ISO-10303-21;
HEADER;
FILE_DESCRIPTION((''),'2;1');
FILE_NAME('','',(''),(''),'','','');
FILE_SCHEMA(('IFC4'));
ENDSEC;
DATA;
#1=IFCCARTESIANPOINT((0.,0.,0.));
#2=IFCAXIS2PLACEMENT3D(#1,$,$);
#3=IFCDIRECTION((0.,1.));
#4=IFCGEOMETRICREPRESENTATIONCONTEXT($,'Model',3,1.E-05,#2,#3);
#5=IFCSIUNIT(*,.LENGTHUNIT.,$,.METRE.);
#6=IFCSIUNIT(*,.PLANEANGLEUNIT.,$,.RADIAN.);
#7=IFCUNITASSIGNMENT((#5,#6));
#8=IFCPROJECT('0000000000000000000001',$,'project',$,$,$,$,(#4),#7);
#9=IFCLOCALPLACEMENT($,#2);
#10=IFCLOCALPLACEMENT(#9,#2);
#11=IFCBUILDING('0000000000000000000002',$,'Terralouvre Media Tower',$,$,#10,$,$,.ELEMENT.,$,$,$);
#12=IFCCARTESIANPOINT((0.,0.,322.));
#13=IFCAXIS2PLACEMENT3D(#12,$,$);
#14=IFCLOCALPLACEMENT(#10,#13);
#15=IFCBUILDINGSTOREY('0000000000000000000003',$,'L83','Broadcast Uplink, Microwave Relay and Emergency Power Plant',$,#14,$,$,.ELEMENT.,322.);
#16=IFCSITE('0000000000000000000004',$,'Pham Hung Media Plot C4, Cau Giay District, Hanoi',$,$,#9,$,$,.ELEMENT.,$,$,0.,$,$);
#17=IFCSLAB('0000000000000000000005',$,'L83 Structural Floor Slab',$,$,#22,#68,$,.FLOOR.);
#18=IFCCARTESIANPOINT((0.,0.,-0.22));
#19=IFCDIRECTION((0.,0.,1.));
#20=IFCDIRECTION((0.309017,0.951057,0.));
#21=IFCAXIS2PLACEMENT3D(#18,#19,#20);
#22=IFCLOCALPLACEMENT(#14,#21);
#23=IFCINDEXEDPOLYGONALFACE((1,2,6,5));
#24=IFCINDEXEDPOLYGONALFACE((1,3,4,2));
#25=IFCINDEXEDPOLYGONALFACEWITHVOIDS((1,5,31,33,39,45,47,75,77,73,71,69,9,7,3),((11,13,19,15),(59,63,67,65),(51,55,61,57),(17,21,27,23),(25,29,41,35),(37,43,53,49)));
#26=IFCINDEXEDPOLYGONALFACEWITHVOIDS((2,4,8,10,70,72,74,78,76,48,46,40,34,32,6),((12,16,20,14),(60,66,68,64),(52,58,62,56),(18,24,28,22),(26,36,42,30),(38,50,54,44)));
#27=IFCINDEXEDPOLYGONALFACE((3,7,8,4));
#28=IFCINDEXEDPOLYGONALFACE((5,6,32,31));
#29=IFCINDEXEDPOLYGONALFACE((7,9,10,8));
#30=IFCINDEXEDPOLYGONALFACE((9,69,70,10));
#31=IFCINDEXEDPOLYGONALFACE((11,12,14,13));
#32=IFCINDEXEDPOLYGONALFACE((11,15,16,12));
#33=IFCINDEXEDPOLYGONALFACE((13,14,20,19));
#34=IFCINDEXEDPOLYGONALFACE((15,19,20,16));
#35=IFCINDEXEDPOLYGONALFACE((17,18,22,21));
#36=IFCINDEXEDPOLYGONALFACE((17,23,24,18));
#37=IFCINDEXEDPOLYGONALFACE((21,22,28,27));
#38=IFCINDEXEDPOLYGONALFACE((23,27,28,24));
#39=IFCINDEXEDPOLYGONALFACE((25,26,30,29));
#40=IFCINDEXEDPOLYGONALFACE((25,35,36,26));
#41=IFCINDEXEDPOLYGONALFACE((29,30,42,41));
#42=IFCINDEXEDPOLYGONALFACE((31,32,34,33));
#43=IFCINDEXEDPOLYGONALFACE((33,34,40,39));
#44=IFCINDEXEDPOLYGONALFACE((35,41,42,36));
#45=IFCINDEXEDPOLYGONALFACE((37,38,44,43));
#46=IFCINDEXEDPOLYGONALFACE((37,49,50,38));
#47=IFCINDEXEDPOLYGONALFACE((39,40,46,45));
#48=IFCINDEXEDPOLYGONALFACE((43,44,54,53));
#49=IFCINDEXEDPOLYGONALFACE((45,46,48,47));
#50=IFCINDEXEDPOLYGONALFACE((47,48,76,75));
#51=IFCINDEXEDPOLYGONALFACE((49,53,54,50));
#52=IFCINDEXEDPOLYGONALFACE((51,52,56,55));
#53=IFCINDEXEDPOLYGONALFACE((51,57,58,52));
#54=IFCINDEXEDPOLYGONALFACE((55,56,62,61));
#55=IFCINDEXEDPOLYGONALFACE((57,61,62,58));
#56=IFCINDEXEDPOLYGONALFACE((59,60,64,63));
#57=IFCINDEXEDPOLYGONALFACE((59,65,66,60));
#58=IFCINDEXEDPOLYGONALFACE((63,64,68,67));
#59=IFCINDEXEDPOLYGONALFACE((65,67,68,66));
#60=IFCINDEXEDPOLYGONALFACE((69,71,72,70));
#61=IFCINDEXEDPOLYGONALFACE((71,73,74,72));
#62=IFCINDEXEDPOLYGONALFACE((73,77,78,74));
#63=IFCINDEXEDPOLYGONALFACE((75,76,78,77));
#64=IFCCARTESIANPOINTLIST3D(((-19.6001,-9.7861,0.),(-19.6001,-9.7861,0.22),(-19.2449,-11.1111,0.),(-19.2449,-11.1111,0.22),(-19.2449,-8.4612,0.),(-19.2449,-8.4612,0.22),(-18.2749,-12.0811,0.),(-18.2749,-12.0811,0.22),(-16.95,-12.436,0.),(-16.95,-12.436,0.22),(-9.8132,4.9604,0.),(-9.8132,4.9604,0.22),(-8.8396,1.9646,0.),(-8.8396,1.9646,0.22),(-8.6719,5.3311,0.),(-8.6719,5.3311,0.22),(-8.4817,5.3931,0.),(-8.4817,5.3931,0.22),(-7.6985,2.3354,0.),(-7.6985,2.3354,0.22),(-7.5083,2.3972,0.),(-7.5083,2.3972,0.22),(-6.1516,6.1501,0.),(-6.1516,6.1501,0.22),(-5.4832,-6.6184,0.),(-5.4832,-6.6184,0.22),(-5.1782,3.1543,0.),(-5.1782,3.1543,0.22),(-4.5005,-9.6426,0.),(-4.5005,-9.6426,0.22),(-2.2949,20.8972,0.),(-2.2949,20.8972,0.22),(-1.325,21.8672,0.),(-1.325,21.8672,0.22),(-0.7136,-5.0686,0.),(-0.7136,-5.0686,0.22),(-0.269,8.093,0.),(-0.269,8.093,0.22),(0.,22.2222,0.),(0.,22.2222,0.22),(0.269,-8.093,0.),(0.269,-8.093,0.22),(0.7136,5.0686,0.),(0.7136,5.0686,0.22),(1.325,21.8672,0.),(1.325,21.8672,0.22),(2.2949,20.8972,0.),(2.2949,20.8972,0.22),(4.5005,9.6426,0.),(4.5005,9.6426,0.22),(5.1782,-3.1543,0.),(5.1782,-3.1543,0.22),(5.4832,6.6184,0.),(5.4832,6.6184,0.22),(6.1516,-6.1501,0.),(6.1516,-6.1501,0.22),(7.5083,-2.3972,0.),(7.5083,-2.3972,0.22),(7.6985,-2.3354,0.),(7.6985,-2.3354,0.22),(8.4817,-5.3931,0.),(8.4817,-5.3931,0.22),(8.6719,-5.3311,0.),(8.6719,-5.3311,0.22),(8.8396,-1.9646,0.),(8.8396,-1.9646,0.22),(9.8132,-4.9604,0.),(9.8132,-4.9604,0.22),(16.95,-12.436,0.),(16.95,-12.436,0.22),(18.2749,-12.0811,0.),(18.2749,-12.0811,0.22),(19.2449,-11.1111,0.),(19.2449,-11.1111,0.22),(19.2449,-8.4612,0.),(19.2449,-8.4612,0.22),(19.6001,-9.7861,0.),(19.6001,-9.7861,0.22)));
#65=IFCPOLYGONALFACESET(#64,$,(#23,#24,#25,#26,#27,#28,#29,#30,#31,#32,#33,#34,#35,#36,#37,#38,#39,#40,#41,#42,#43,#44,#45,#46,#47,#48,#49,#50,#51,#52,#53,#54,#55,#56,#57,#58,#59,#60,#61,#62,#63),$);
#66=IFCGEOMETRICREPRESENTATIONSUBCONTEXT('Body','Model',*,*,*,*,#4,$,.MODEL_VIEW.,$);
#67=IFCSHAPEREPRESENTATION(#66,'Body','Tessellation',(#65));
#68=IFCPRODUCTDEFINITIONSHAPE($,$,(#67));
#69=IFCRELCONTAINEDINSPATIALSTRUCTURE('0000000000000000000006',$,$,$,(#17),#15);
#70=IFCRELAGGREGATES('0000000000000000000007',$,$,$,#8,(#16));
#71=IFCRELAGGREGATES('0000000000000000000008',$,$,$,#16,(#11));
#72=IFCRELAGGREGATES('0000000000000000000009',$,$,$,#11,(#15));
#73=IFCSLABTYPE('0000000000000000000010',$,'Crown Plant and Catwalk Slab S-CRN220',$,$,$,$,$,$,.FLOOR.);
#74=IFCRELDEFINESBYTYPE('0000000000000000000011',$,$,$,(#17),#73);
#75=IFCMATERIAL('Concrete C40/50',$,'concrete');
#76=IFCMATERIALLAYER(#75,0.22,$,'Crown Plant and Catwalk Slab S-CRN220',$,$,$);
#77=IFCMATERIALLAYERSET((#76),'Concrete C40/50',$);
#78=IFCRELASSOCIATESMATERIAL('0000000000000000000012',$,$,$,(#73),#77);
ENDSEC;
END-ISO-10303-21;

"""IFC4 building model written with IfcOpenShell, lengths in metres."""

from ifc_helpers import new_model, si_unit, direction, frame, origin, place, context, subcontext, project, spatial, polyline, outline, extrude, material, layer, layer_set, type_object, element, save


model = new_model("IFC4")

# Units and contexts
model_context = context("Model", 3, precision=1e-05, world=origin(), true_north=direction((0.0, 1.0)))
body_context = subcontext(model_context, "Body", "Model", "MODEL_VIEW")
ifc_project = project(units=[si_unit("LENGTHUNIT", "METRE"), si_unit("PLANEANGLEUNIT", "RADIAN")], contexts=[model_context])

# Site, building, storey
site_placement = place(None, origin())
site = spatial("IfcSite", under=ifc_project, at=site_placement, Name="Pham Hung Media Plot C4, Cau Giay District, Hanoi", CompositionType="ELEMENT", RefElevation=0.0)
building_placement = place(site_placement, origin())
building = spatial("IfcBuilding", under=site, at=building_placement, Name="Terralouvre Media Tower", CompositionType="ELEMENT")
storey_placement = place(building_placement, frame((0.0, 0.0, 322.0)))
storey = spatial("IfcBuildingStorey", under=building, at=storey_placement, Name="L83", Description="Broadcast Uplink, Microwave Relay and Emergency Power Plant", CompositionType="ELEMENT", Elevation=322.0)

# Slab
ifc_material_1 = material(Name="Concrete C40/50", Category="concrete")
ifc_layer_1 = layer(ifc_material_1, 0.22, Name="Crown Plant and Catwalk Slab S-CRN220")
ifc_layer_set_1 = layer_set([ifc_layer_1], Name="Concrete C40/50")
slab_type_1 = type_object("IfcSlabType", Name="Crown Plant and Catwalk Slab S-CRN220", PredefinedType="FLOOR", material=ifc_layer_set_1)
slab_1_placement = place(storey_placement, frame((0.0, 0.0, -0.22), z_axis=(0.0, 0.0, 1.0), x_axis=(0.309017, 0.951057, 0.0)))
element("IfcSlab", 1, at=slab_1_placement, inside=storey, type_object=slab_type_1, Name="L83 Structural Floor Slab", PredefinedType="FLOOR", context=body_context, shape_type="SweptSolid", body=[
    extrude(outline(polyline([(-19.2449, -8.4612), (-19.6001, -9.7861), (-19.2449, -11.1111), (-18.2749, -12.0811), (-16.95, -12.436), (16.95, -12.436), (18.2749, -12.0811), (19.2449, -11.1111), (19.6001, -9.7861), (19.2449, -8.4612), (2.2949, 20.8972), (1.325, 21.8672), (0.0, 22.2222), (-1.325, 21.8672), (-2.2949, 20.8972), (-19.2449, -8.4612)]), holes=[polyline([(-8.6719, 5.3311), (-7.6985, 2.3354), (-8.8396, 1.9646), (-9.8132, 4.9604), (-8.6719, 5.3311)]), polyline([(-5.1782, 3.1543), (-7.5083, 2.3972), (-8.4817, 5.3931), (-6.1516, 6.1501), (-5.1782, 3.1543)]), polyline([(-5.4832, -6.6184), (-0.7136, -5.0686), (0.269, -8.093), (-4.5005, -9.6426), (-5.4832, -6.6184)]), polyline([(4.5005, 9.6426), (5.4832, 6.6184), (0.7136, 5.0686), (-0.269, 8.093), (4.5005, 9.6426)]), polyline([(8.4817, -5.3931), (6.1516, -6.1501), (5.1782, -3.1543), (7.5083, -2.3972), (8.4817, -5.3931)]), polyline([(9.8132, -4.9604), (8.6719, -5.3311), (7.6985, -2.3354), (8.8396, -1.9646), (9.8132, -4.9604)])]), origin(), (0.0, 0.0, 1.0), 0.22),
])

save(model, "model.ifc")
